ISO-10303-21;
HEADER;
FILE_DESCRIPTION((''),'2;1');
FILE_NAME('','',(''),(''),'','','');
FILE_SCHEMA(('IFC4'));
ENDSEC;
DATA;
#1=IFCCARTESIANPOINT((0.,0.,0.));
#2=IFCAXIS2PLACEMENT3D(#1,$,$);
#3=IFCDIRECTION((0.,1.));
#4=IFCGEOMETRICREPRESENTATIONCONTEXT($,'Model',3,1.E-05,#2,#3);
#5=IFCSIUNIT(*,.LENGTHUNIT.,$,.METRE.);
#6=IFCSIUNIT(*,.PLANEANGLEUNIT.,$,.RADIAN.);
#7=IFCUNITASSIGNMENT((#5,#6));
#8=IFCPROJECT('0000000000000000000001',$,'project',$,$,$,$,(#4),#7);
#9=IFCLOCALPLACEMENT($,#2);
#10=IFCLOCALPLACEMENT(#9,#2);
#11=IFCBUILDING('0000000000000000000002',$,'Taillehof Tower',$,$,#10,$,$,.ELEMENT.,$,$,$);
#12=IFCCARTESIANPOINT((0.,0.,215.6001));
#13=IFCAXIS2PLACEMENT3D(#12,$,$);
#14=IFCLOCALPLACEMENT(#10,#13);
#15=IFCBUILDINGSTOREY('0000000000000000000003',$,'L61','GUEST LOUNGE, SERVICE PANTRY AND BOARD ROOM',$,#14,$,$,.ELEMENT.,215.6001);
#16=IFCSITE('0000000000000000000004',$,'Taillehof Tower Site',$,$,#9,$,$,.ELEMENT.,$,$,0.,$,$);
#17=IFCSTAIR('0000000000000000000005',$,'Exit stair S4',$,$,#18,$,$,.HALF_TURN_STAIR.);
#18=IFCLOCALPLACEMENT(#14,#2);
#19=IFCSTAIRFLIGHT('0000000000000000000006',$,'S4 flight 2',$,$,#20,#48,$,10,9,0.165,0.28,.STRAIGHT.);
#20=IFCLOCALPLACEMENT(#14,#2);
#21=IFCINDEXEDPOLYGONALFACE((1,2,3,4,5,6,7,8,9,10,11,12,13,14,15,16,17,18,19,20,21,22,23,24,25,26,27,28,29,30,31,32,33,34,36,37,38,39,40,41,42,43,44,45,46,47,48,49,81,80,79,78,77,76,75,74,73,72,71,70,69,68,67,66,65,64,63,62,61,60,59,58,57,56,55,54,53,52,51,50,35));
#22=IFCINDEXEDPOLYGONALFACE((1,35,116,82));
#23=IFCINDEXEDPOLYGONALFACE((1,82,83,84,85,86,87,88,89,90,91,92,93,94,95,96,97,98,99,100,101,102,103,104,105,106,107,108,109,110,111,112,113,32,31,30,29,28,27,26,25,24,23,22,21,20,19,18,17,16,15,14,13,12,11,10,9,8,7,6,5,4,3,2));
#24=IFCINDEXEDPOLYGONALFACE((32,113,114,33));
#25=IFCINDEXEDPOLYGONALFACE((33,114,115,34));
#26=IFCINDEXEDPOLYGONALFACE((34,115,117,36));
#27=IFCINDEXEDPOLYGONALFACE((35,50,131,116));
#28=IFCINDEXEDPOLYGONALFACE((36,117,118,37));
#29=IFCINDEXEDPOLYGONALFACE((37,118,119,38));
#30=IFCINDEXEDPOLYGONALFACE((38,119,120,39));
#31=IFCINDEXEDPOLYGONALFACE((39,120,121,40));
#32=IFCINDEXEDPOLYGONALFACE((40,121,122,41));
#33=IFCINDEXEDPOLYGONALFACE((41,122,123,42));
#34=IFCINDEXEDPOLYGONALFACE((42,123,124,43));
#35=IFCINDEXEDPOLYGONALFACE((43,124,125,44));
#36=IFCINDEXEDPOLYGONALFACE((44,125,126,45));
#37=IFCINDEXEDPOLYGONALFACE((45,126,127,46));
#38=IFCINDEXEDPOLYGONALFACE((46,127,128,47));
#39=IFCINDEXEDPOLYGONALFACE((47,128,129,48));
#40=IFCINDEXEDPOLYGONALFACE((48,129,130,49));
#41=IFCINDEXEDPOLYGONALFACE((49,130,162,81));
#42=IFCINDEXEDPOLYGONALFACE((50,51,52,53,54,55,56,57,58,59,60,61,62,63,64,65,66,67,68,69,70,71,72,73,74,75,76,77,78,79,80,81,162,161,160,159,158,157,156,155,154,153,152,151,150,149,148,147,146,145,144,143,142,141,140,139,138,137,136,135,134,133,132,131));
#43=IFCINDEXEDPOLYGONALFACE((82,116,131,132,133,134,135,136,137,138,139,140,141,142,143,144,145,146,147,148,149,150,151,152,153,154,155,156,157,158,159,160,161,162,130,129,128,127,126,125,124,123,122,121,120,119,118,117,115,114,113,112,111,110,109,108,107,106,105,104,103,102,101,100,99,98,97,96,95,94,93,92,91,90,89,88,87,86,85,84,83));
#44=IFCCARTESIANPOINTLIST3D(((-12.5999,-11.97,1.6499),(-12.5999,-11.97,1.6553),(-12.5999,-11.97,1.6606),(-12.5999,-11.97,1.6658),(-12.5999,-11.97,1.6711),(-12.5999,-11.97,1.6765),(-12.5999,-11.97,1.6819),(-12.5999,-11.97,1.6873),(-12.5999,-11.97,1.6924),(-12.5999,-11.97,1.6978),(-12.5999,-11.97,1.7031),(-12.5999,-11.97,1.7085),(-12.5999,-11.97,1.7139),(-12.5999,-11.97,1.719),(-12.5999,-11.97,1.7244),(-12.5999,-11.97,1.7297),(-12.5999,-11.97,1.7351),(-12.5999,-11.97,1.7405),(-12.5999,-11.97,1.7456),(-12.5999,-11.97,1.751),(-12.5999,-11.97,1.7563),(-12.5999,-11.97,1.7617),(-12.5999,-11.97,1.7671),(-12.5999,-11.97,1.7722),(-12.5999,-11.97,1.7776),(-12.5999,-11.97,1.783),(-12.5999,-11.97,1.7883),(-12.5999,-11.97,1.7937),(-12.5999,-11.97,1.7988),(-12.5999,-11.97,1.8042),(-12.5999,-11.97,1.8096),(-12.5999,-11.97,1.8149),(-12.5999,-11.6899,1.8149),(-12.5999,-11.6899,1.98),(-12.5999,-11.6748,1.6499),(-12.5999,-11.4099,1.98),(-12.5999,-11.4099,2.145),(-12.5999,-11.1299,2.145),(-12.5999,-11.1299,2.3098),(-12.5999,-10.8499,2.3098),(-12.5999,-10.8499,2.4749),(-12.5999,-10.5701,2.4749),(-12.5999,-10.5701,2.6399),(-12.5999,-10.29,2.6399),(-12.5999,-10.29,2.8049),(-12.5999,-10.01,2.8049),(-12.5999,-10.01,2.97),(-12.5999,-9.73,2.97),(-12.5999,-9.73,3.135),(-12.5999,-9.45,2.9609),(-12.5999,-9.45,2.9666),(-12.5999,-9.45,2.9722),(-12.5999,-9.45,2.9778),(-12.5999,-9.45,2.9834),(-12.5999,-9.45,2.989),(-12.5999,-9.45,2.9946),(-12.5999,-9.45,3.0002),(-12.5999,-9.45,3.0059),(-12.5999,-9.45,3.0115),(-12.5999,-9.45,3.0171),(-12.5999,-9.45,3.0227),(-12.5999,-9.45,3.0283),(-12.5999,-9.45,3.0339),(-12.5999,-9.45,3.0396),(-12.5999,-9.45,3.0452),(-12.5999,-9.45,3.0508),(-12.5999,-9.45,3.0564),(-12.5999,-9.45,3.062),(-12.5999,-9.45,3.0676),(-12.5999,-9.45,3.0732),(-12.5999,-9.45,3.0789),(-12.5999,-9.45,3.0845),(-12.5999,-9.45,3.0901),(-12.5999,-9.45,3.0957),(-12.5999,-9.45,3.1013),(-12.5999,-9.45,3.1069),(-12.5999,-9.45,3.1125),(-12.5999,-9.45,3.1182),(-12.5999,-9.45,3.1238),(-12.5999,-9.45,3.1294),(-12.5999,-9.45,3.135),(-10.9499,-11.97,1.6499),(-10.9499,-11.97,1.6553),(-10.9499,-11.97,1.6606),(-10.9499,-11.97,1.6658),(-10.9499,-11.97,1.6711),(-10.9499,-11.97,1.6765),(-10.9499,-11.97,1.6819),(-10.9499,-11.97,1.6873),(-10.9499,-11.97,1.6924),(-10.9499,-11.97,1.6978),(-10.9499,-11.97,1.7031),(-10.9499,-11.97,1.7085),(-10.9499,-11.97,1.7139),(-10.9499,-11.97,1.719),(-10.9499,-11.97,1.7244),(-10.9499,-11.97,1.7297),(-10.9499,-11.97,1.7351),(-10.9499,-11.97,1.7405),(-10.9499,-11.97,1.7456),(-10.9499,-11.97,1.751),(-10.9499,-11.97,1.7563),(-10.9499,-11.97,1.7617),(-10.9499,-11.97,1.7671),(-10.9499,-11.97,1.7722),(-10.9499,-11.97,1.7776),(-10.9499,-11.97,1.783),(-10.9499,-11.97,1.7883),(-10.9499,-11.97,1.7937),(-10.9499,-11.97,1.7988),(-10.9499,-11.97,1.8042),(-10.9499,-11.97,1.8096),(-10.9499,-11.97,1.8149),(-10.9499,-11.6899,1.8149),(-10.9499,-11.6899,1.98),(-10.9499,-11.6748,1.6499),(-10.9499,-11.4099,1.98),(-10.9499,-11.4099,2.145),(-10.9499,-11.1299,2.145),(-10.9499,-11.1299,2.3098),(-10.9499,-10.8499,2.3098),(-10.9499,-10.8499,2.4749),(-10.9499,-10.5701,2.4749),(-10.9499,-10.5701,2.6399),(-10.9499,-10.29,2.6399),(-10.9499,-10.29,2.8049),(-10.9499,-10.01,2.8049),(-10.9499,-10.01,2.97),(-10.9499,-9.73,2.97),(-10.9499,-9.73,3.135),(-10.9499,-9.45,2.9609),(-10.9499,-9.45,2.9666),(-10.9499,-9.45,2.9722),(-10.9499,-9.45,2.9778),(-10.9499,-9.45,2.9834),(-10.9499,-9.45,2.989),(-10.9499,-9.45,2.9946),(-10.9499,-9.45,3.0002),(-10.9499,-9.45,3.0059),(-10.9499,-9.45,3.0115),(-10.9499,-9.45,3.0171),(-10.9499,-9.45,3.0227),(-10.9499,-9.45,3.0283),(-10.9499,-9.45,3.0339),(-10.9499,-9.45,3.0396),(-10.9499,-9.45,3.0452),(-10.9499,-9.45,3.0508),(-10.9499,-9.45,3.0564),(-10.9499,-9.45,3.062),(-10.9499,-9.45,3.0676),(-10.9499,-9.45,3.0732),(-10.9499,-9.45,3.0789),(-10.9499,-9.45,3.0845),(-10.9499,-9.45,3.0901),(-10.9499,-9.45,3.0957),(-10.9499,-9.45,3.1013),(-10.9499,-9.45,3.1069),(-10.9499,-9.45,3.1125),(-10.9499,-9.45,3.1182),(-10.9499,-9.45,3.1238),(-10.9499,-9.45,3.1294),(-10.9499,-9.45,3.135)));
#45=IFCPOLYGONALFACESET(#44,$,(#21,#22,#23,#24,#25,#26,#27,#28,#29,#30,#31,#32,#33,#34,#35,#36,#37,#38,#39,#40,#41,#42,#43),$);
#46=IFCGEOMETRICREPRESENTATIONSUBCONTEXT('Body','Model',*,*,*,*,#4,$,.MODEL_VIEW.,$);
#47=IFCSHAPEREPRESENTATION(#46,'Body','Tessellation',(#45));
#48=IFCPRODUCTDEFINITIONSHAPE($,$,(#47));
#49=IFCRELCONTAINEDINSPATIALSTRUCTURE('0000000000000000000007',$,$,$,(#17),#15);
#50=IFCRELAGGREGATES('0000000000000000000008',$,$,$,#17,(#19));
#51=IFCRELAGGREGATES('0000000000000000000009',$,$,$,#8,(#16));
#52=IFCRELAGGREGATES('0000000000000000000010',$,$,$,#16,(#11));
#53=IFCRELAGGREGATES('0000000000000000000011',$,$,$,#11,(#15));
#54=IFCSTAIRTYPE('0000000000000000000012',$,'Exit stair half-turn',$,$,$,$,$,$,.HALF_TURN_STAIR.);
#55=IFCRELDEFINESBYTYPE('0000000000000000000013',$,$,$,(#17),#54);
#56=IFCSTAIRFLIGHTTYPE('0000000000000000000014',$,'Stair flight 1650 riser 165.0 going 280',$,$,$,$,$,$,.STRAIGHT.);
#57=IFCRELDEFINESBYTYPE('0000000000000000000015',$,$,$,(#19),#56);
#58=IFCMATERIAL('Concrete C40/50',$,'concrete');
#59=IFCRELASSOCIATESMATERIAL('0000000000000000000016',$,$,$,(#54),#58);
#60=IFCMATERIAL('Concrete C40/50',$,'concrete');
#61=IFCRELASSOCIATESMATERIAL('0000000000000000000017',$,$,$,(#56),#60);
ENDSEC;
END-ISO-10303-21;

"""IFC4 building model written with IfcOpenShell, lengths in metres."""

from ifc_helpers import new_model, si_unit, direction, frame, origin, place, context, subcontext, project, spatial, polyline, outline, extrude, material, type_object, element, aggregate, save


model = new_model("IFC4")

# Units and contexts
model_context = context("Model", 3, precision=1e-05, world=origin(), true_north=direction((0.0, 1.0)))
body_context = subcontext(model_context, "Body", "Model", "MODEL_VIEW")
ifc_project = project(units=[si_unit("LENGTHUNIT", "METRE"), si_unit("PLANEANGLEUNIT", "RADIAN")], contexts=[model_context])

# Site, building, storey
site_placement = place(None, origin())
site = spatial("IfcSite", under=ifc_project, at=site_placement, Name="Taillehof Tower Site", CompositionType="ELEMENT", RefElevation=0.0)
building_placement = place(site_placement, origin())
building = spatial("IfcBuilding", under=site, at=building_placement, Name="Taillehof Tower", CompositionType="ELEMENT")
storey_placement = place(building_placement, frame((0.0, 0.0, 215.6001)))
storey = spatial("IfcBuildingStorey", under=building, at=storey_placement, Name="L61", Description="GUEST LOUNGE, SERVICE PANTRY AND BOARD ROOM", CompositionType="ELEMENT", Elevation=215.6001)

# Stair, stair flight
ifc_material_1 = material(Name="Concrete C40/50", Category="concrete")
stair_type = type_object("IfcStairType", Name="Exit stair half-turn", PredefinedType="HALF_TURN_STAIR", material=ifc_material_1)
stair_placement = place(storey_placement, origin())
stair = element("IfcStair", 1, at=stair_placement, inside=storey, type_object=stair_type, Name="Exit stair S4", PredefinedType="HALF_TURN_STAIR")
ifc_material_2 = material(Name="Concrete C40/50", Category="concrete")
stair_flight_type = type_object("IfcStairFlightType", Name="Stair flight 1650 riser 165.0 going 280", PredefinedType="STRAIGHT", material=ifc_material_2)
stair_flight_placement = place(storey_placement, frame((-11.7749, -11.97, 1.6499), z_axis=(0.0, 0.0, 1.0), x_axis=(0.0, 1.0, 0.0)))
stair_flight = element("IfcStairFlight", 2, at=stair_flight_placement, type_object=stair_flight_type, Name="S4 flight 2", NumberOfRisers=10, NumberOfTreads=9, PredefinedType="STRAIGHT", RiserHeight=0.165, TreadLength=0.28, context=body_context, shape_type="SweptSolid", body=[
    extrude(outline(polyline([(0.0, 0.0), (0.0, 0.0054), (0.0, 0.0107), (0.0, 0.0159), (0.0, 0.0212), (0.0, 0.0266), (0.0, 0.032), (0.0, 0.0374), (0.0, 0.0425), (0.0, 0.0479), (0.0, 0.0532), (0.0, 0.0586), (0.0, 0.064), (0.0, 0.0691), (0.0, 0.0745), (0.0, 0.0798), (0.0, 0.0852), (0.0, 0.0906), (0.0, 0.0957), (0.0, 0.1011), (0.0, 0.1064), (0.0, 0.1118), (0.0, 0.1172), (0.0, 0.1223), (0.0, 0.1277), (0.0, 0.1331), (0.0, 0.1384), (0.0, 0.1438), (0.0, 0.1489), (0.0, 0.1543), (0.0, 0.1597), (0.0, 0.165), (0.28, 0.165), (0.28, 0.3301), (0.5601, 0.3301), (0.5601, 0.4951), (0.8401, 0.4951), (0.8401, 0.6599), (1.1201, 0.6599), (1.1201, 0.825), (1.3999, 0.825), (1.3999, 0.99), (1.6799, 0.99), (1.6799, 1.155), (1.96, 1.155), (1.96, 1.3201), (2.24, 1.3201), (2.24, 1.4851), (2.52, 1.4851), (2.52, 1.4795), (2.52, 1.4739), (2.52, 1.4683), (2.52, 1.4626), (2.52, 1.457), (2.52, 1.4514), (2.52, 1.4458), (2.52, 1.4402), (2.52, 1.4346), (2.52, 1.429), (2.52, 1.4233), (2.52, 1.4177), (2.52, 1.4121), (2.52, 1.4065), (2.52, 1.4009), (2.52, 1.3953), (2.52, 1.3896), (2.52, 1.384), (2.52, 1.3784), (2.52, 1.3728), (2.52, 1.3672), (2.52, 1.3616), (2.52, 1.356), (2.52, 1.3503), (2.52, 1.3447), (2.52, 1.3391), (2.52, 1.3335), (2.52, 1.3279), (2.52, 1.3223), (2.52, 1.3167), (2.52, 1.311), (0.2952, 0.0), (0.0, 0.0)])), frame((0.0, 0.825, 0.0), z_axis=(0.0, -1.0, 0.0), x_axis=(1.0, 0.0, 0.0)), (0.0, 0.0, 1.0), 1.65),
])
aggregate(stair, [stair_flight])

save(model, "model.ifc")
